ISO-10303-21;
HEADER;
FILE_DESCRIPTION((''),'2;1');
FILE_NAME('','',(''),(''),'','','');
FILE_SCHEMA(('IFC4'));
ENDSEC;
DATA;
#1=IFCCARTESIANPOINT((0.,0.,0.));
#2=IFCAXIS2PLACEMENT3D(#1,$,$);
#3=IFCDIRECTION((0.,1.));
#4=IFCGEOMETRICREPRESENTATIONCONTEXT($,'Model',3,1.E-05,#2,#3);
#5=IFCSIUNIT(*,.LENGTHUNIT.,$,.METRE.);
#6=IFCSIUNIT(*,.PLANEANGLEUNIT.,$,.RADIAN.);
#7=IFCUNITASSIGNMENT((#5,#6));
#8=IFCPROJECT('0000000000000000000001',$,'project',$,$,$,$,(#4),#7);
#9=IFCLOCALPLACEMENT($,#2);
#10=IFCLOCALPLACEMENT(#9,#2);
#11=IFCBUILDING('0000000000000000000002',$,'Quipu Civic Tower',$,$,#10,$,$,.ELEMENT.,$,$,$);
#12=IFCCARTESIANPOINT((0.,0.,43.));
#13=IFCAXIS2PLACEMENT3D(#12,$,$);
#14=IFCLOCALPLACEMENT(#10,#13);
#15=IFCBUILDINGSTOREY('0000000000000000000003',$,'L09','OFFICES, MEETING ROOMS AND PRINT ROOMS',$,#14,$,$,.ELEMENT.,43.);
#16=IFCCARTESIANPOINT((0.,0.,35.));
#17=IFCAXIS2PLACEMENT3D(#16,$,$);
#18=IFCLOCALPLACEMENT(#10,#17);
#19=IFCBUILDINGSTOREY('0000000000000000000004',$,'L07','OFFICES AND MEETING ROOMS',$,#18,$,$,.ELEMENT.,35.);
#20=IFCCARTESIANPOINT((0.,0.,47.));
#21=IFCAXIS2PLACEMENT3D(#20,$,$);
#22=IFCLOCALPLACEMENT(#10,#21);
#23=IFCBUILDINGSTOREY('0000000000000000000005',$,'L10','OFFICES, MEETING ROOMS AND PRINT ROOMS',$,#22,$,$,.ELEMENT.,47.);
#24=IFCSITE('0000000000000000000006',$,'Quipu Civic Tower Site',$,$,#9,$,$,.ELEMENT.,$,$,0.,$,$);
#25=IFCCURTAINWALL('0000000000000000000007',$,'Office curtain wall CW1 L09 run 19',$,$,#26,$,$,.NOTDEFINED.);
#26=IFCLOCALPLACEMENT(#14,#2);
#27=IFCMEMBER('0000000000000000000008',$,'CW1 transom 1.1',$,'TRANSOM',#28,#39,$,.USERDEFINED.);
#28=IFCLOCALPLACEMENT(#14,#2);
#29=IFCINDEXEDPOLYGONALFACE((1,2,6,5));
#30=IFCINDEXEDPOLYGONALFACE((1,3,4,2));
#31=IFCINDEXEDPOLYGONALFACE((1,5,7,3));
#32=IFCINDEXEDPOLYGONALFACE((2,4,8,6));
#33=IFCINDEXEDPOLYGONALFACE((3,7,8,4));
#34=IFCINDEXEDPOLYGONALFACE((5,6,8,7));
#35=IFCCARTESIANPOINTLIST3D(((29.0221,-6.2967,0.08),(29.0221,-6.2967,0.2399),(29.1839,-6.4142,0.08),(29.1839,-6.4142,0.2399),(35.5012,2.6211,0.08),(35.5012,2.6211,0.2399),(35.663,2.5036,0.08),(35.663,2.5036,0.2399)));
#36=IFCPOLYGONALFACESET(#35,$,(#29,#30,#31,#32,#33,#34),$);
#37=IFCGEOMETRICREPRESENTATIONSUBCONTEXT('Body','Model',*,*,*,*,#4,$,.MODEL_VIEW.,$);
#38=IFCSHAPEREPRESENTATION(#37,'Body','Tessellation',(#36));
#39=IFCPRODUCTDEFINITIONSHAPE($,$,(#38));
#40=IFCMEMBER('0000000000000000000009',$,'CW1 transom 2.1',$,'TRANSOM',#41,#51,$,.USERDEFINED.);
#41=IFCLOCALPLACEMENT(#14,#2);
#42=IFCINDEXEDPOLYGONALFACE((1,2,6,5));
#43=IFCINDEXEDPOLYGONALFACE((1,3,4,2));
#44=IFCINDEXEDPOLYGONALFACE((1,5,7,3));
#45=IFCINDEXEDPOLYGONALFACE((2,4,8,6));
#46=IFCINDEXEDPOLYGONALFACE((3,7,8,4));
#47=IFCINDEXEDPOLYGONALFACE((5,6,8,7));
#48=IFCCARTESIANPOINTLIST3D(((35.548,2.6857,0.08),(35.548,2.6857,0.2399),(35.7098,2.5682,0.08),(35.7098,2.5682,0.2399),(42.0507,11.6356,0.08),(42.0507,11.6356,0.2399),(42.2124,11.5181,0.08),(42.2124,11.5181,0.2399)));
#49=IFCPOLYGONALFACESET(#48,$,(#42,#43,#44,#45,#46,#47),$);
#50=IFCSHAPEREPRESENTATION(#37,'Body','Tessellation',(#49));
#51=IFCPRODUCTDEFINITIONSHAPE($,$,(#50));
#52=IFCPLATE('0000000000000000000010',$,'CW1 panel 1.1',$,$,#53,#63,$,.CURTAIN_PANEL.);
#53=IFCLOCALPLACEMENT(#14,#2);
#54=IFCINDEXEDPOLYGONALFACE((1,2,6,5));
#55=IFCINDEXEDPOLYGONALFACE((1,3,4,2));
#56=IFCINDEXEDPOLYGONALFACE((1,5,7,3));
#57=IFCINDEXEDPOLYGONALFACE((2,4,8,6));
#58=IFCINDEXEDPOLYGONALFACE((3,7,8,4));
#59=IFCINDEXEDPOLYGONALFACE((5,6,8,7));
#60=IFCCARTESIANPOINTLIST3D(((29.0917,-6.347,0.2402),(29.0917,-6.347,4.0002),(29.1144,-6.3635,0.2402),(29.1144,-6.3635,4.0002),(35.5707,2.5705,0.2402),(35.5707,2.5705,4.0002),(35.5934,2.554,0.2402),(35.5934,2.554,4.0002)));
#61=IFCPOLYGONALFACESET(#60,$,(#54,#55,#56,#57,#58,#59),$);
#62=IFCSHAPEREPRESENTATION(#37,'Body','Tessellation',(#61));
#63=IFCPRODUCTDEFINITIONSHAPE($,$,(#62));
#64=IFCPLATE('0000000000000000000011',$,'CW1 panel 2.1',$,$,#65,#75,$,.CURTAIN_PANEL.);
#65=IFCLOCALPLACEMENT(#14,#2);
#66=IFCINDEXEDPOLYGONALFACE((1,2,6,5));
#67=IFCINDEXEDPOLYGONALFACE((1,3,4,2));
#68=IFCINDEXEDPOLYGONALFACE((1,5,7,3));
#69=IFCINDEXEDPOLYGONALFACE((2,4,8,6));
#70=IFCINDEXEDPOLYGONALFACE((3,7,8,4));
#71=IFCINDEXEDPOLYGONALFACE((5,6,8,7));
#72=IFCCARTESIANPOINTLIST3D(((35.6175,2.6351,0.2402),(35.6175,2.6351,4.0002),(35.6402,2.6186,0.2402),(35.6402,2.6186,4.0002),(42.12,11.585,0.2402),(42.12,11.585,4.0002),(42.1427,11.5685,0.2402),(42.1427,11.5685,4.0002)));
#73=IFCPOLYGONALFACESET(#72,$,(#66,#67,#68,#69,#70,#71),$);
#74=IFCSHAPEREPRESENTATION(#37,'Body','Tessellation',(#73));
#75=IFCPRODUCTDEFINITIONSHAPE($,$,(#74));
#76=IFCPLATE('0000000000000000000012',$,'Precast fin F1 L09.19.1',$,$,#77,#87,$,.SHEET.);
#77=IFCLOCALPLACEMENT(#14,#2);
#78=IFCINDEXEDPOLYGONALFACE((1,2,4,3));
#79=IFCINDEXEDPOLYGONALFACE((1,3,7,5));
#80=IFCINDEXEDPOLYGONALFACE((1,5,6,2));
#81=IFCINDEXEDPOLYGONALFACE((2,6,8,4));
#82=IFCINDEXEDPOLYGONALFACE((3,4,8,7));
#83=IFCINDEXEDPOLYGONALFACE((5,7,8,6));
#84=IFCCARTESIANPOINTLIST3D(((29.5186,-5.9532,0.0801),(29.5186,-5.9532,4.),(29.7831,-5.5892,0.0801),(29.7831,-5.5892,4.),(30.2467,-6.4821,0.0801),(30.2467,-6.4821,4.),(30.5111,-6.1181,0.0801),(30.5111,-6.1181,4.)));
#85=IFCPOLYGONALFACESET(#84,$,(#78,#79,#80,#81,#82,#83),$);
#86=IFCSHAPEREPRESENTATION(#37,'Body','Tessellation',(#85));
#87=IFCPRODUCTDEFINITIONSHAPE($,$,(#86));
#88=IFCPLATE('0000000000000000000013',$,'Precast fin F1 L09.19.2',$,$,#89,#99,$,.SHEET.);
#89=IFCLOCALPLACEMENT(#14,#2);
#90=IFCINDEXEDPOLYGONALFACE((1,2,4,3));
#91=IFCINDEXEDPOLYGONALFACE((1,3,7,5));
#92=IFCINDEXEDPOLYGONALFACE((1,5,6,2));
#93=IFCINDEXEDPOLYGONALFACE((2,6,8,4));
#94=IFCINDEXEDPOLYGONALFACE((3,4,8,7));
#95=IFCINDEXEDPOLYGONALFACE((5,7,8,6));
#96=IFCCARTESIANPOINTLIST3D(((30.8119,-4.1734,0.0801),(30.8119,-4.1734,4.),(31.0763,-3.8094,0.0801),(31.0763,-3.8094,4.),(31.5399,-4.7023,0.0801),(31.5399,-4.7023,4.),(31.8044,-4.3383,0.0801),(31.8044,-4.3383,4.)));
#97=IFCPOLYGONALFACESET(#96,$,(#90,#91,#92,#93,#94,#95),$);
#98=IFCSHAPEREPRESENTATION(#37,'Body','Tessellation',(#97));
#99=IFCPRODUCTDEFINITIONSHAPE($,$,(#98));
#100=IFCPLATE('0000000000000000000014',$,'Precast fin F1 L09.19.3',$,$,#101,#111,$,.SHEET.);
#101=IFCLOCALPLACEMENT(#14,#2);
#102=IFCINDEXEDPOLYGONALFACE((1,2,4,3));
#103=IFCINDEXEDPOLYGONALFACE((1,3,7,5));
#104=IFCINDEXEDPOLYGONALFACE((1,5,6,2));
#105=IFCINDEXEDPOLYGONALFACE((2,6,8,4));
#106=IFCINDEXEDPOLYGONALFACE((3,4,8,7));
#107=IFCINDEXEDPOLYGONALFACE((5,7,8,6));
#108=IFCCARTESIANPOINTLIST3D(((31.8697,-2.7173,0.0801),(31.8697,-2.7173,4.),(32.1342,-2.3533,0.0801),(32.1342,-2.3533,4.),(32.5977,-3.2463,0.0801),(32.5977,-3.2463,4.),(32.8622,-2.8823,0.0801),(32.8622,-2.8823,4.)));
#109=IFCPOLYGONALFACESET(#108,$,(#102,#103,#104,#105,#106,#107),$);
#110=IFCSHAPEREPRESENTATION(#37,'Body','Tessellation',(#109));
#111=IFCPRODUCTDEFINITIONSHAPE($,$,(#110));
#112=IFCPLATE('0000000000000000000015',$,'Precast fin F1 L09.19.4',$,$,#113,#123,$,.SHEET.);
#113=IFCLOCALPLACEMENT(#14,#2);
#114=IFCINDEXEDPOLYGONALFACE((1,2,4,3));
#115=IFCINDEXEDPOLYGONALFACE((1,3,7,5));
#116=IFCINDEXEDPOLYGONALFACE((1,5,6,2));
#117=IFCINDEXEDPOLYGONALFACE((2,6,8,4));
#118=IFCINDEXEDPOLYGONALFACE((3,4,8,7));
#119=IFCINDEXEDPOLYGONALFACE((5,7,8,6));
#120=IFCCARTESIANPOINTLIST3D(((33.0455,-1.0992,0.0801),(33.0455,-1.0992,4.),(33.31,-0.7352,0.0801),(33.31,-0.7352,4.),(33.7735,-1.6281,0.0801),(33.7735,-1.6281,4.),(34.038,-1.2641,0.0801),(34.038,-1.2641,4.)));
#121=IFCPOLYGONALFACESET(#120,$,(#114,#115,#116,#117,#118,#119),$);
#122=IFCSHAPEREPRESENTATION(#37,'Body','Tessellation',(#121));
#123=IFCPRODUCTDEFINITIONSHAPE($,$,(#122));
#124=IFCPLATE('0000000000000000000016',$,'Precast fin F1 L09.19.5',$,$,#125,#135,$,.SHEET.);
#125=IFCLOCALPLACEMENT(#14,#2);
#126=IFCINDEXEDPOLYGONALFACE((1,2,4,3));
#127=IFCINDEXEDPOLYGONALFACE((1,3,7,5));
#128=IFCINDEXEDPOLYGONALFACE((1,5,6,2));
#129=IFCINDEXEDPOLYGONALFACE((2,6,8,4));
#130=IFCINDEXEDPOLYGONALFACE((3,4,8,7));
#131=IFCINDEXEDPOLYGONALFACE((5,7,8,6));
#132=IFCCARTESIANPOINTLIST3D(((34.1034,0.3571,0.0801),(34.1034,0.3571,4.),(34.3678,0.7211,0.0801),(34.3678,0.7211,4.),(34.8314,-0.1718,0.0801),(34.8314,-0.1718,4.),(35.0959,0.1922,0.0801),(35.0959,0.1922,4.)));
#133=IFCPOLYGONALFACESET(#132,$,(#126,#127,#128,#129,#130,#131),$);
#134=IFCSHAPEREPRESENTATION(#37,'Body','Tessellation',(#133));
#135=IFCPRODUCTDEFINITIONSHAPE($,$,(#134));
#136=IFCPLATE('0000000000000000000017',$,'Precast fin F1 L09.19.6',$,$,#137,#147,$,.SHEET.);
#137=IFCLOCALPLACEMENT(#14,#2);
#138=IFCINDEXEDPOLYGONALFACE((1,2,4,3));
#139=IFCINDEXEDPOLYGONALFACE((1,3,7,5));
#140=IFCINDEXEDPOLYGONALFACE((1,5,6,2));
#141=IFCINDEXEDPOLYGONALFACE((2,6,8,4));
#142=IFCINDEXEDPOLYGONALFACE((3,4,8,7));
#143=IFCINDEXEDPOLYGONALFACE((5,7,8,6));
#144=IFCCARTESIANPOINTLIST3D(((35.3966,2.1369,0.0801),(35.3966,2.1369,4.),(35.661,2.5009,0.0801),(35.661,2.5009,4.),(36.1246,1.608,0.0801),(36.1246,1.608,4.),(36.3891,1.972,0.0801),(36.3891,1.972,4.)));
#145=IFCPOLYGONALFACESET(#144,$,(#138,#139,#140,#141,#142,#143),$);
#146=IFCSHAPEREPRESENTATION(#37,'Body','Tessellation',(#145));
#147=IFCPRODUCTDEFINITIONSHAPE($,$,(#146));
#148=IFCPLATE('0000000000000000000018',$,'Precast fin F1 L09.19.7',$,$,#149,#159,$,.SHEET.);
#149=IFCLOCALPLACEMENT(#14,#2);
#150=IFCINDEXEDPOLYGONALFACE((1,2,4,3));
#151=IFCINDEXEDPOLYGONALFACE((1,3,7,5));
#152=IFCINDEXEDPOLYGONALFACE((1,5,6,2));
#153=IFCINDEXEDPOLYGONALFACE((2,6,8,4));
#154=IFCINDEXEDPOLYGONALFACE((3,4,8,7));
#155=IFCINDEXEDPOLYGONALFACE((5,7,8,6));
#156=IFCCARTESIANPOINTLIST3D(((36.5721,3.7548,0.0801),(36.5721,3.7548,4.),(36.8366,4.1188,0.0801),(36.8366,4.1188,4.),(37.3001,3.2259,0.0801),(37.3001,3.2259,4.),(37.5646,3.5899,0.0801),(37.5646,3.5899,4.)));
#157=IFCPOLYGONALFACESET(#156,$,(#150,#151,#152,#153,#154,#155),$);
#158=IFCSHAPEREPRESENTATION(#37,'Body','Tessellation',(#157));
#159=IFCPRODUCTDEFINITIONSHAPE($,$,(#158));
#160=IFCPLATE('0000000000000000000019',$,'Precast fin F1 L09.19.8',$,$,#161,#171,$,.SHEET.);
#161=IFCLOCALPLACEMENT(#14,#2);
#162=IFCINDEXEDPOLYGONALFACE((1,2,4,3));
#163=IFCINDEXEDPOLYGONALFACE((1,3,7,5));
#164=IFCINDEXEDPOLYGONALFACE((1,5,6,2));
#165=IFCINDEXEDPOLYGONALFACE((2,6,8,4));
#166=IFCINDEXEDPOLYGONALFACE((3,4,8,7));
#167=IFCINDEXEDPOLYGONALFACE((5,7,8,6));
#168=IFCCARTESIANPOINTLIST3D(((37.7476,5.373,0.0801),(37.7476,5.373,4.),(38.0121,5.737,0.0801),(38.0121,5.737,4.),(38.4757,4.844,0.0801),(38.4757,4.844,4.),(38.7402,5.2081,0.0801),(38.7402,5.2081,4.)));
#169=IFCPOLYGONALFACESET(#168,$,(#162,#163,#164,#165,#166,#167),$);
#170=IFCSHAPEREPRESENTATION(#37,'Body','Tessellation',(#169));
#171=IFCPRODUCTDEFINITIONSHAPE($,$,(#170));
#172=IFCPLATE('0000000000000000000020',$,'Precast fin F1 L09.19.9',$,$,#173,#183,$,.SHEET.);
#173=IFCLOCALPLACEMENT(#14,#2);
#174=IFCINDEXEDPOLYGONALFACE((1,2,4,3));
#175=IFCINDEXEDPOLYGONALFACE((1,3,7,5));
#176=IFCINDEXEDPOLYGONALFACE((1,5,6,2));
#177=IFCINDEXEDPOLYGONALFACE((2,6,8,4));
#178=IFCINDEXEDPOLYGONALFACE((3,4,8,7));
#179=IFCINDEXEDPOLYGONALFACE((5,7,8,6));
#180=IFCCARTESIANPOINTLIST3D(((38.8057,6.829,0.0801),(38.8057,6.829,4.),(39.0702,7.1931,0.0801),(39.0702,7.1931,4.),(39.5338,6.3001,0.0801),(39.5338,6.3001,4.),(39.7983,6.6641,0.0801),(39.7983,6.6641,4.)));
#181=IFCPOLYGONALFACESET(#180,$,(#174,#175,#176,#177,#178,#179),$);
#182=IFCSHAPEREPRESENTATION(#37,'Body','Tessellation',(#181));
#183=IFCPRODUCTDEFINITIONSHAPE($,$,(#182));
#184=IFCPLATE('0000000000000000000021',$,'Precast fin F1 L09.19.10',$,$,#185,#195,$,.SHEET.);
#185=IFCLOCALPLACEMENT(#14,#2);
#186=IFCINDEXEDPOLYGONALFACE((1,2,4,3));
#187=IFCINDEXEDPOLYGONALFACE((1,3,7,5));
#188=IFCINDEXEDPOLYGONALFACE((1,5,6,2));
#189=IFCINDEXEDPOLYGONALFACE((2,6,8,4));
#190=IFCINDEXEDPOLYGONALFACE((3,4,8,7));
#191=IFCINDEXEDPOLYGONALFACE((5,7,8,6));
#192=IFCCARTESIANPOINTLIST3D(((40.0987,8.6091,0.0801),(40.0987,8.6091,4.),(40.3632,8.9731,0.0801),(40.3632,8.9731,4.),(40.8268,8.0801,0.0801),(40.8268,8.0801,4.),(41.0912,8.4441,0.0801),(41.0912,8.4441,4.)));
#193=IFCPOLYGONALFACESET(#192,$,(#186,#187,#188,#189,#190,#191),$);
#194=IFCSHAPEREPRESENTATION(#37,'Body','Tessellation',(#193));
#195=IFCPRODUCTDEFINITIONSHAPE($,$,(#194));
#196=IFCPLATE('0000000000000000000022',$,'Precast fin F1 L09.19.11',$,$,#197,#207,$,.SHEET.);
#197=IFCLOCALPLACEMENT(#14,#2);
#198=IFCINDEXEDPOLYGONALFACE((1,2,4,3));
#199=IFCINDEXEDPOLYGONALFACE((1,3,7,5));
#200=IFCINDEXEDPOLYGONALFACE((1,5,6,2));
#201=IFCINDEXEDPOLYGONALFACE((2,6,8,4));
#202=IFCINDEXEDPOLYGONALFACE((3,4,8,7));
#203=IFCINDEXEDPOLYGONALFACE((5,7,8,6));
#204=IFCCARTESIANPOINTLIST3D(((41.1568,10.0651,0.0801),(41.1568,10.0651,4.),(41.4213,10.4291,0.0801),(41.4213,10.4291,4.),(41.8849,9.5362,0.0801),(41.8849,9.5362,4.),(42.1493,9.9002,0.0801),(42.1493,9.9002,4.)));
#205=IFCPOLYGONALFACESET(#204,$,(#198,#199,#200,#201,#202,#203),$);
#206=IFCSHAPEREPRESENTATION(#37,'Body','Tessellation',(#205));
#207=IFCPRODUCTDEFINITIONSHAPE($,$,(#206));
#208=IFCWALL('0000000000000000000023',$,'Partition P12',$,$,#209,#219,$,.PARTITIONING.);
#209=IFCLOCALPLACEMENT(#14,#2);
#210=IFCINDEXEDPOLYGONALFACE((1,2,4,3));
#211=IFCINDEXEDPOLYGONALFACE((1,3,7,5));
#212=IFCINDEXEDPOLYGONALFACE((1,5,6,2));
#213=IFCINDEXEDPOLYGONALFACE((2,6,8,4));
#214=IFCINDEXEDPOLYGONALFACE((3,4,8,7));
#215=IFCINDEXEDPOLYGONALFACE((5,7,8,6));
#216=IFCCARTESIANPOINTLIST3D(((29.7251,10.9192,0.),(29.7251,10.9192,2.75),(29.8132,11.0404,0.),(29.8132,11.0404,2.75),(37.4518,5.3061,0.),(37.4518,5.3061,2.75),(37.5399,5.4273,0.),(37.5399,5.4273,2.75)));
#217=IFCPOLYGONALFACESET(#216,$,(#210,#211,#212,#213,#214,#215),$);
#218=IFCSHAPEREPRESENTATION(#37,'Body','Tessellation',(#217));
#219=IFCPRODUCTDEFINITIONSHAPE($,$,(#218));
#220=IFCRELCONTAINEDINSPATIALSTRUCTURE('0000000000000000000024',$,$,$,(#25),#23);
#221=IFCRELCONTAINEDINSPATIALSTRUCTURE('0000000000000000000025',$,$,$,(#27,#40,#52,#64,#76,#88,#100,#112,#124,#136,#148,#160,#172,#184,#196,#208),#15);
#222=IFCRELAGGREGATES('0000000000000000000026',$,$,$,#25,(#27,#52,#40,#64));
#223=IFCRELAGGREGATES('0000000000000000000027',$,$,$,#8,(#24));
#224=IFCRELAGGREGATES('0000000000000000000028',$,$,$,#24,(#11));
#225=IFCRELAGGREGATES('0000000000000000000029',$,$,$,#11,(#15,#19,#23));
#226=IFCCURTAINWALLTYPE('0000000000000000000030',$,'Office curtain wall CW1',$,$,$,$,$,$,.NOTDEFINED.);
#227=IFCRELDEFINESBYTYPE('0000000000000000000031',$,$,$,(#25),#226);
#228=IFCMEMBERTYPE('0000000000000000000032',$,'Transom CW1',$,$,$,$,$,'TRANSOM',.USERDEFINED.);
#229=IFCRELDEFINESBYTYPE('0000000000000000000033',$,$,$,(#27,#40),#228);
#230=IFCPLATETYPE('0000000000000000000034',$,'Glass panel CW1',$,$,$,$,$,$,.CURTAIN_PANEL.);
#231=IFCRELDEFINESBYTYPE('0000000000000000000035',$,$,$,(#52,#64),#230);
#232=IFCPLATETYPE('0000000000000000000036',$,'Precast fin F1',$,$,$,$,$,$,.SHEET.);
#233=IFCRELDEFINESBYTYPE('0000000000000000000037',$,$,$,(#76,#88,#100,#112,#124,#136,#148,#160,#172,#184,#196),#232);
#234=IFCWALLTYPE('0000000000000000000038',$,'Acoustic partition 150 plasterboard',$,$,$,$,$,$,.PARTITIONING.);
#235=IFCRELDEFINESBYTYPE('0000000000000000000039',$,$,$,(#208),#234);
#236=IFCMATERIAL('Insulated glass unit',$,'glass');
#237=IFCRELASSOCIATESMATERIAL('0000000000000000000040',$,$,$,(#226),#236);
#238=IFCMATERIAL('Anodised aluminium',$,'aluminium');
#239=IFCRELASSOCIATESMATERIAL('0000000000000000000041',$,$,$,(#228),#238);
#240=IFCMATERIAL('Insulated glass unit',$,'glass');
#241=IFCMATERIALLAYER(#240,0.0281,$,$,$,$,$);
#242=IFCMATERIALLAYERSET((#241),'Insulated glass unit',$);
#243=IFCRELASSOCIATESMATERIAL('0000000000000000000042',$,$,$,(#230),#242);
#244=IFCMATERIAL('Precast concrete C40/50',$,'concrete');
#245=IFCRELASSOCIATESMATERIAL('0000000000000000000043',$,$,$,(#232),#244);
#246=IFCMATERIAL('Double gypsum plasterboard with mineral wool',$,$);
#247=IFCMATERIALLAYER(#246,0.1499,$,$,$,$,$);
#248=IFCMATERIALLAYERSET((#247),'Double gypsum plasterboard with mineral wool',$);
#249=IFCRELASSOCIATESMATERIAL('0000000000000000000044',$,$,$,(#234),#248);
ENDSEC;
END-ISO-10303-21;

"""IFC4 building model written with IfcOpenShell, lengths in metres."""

from ifc_helpers import new_model, si_unit, direction, frame, frame_2d, origin, origin_2d, place, context, subcontext, project, spatial, rectangle, extrude, material, layer, layer_set, material_profile, profile_set, type_object, element, aggregate, save


model = new_model("IFC4")

# Units and contexts
model_context = context("Model", 3, precision=1e-05, world=origin(), true_north=direction((0.0, 1.0)))
body_context = subcontext(model_context, "Body", "Model", "MODEL_VIEW")
ifc_project = project(units=[si_unit("LENGTHUNIT", "METRE"), si_unit("PLANEANGLEUNIT", "RADIAN")], contexts=[model_context])

# Site, building, storey
site_placement = place(None, origin())
site = spatial("IfcSite", under=ifc_project, at=site_placement, Name="Quipu Civic Tower Site", CompositionType="ELEMENT", RefElevation=0.0)
building_placement = place(site_placement, origin())
building = spatial("IfcBuilding", under=site, at=building_placement, Name="Quipu Civic Tower", CompositionType="ELEMENT")
storey_1_placement = place(building_placement, frame((0.0, 0.0, 43.0)))
storey_1 = spatial("IfcBuildingStorey", under=building, at=storey_1_placement, Name="L09", Description="OFFICES, MEETING ROOMS AND PRINT ROOMS", CompositionType="ELEMENT", Elevation=43.0)

# Shared definitions
storey_2_placement = place(building_placement, frame((0.0, 0.0, 35.0)))
storey_2 = spatial("IfcBuildingStorey", under=building, at=storey_2_placement, Name="L07", Description="OFFICES AND MEETING ROOMS", CompositionType="ELEMENT", Elevation=35.0)

# Shared definitions
ifc_material_1 = material(Name="Insulated glass unit", Category="glass")
curtain_wall_type = type_object("IfcCurtainWallType", Name="Office curtain wall CW1", PredefinedType="NOTDEFINED", material=ifc_material_1)
ifc_material_2 = material(Name="Anodised aluminium", Category="aluminium")
ifc_material_profile_1 = material_profile(ifc_material_2, rectangle(XDim=0.2, YDim=0.1599, at=origin_2d()), Name="RECT 200x160")
ifc_profile_set_1 = profile_set([ifc_material_profile_1], Name="Anodised aluminium")
member_type = type_object("IfcMemberType", Name="Transom CW1", ElementType="TRANSOM", PredefinedType="USERDEFINED", material=ifc_profile_set_1)

# Shared definitions
storey_3_placement = place(building_placement, frame((0.0, 0.0, 47.0)))
storey_3 = spatial("IfcBuildingStorey", under=building, at=storey_3_placement, Name="L10", Description="OFFICES, MEETING ROOMS AND PRINT ROOMS", CompositionType="ELEMENT", Elevation=47.0)

# Curtain wall, members, plates
curtain_wall_1_placement = place(storey_3_placement, origin())
curtain_wall_1 = element("IfcCurtainWall", 1, at=curtain_wall_1_placement, inside=storey_3, type_object=curtain_wall_type, Name="Office curtain wall CW1 L09 run 19", PredefinedType="NOTDEFINED")
member_1_placement = place(storey_1_placement, frame((29.103, -6.3555, 0.1599), z_axis=(0.587779, 0.809021, 0.0), x_axis=(-0.809021, 0.587779, 0.0)))
member_1 = element("IfcMember", 2, at=member_1_placement, inside=storey_1, type_object=member_type, Name="CW1 transom 1.1", ObjectType="TRANSOM", PredefinedType="USERDEFINED", context=body_context, shape_type="SweptSolid", body=[
    extrude(rectangle(XDim=0.2, YDim=0.1599, at=origin_2d()), origin(), (0.0, 0.0, 1.0), 11.0229),
])
member_2_placement = place(storey_1_placement, frame((35.6289, 2.627, 0.1599), z_axis=(0.587795, 0.80901, 0.0), x_axis=(-0.80901, 0.587795, 0.0)))
member_2 = element("IfcMember", 3, at=member_2_placement, inside=storey_1, type_object=member_type, Name="CW1 transom 2.1", ObjectType="TRANSOM", PredefinedType="USERDEFINED", context=body_context, shape_type="SweptSolid", body=[
    extrude(rectangle(XDim=0.2, YDim=0.1599, at=origin_2d()), origin(), (0.0, 0.0, 1.0), 11.0627),
])
ifc_material_3 = material(Name="Insulated glass unit", Category="glass")
ifc_layer_1 = layer(ifc_material_3, 0.0281)
ifc_layer_set_1 = layer_set([ifc_layer_1], Name="Insulated glass unit")
plate_type_1 = type_object("IfcPlateType", Name="Glass panel CW1", PredefinedType="CURTAIN_PANEL", material=ifc_layer_set_1)
plate_1_placement = place(storey_1_placement, frame((32.3425, -1.8965, 0.2402), z_axis=(0.0, 0.0, 1.0), x_axis=(0.587786, 0.809017, 0.0)))
plate_1 = element("IfcPlate", 4, at=plate_1_placement, inside=storey_1, type_object=plate_type_1, Name="CW1 panel 1.1", PredefinedType="CURTAIN_PANEL", context=body_context, shape_type="SweptSolid", body=[
    extrude(rectangle(XDim=11.0227, YDim=0.0281, at=origin_2d()), origin(), (0.0, 0.0, 1.0), 3.76),
])
plate_2_placement = place(storey_1_placement, frame((38.8801, 7.1018, 0.2402), z_axis=(0.0, 0.0, 1.0), x_axis=(0.587786, 0.809017, 0.0)))
plate_2 = element("IfcPlate", 5, at=plate_2_placement, inside=storey_1, type_object=plate_type_1, Name="CW1 panel 2.1", PredefinedType="CURTAIN_PANEL", context=body_context, shape_type="SweptSolid", body=[
    extrude(rectangle(XDim=11.0627, YDim=0.0281, at=origin_2d()), origin(), (0.0, 0.0, 1.0), 3.76),
])
aggregate(curtain_wall_1, [member_1, plate_1, member_2, plate_2])

# Plates
ifc_material_4 = material(Name="Precast concrete C40/50", Category="concrete")
plate_type_2 = type_object("IfcPlateType", Name="Precast fin F1", PredefinedType="SHEET", material=ifc_material_4)
for number, where, z_axis, x_axis, name in (
    (6, (30.0149, -6.0356, 0.0801), (0.0, 0.0, 1.0), (0.587786, 0.809017, 0.0), "Precast fin F1 L09.19.1"),
    (7, (31.3081, -4.2559, 0.0801), (0.0, 0.0, 1.0), (0.587786, 0.809017, 0.0), "Precast fin F1 L09.19.2"),
    (8, (32.366, -2.7998, 0.0801), (0.0, 0.0, 1.0), (0.587786, 0.809017, 0.0), "Precast fin F1 L09.19.3"),
    (9, (33.5417, -1.1816, 0.0801), (0.0, 0.0, 1.0), (0.587786, 0.809017, 0.0), "Precast fin F1 L09.19.4"),
    (10, (34.5996, 0.2747, 0.0801), (0.0, 0.0, 1.0), (0.587786, 0.809017, 0.0), "Precast fin F1 L09.19.5"),
    (11, (35.8928, 2.0544, 0.0801), (0.0, 0.0, 1.0), (0.587786, 0.809017, 0.0), "Precast fin F1 L09.19.6"),
    (12, (37.0684, 3.6724, 0.0801), (0.0, 0.0, 1.0), (0.587786, 0.809017, 0.0), "Precast fin F1 L09.19.7"),
    (13, (38.2439, 5.2905, 0.0801), (0.0, 0.0, 1.0), (0.587786, 0.809017, 0.0), "Precast fin F1 L09.19.8"),
    (14, (39.302, 6.7466, 0.0801), (0.0, 0.0, 1.0), (0.587786, 0.809017, 0.0), "Precast fin F1 L09.19.9"),
    (15, (40.595, 8.5266, 0.0801), (0.0, 0.0, 1.0), (0.587786, 0.809017, 0.0), "Precast fin F1 L09.19.10"),
    (16, (41.6531, 9.9827, 0.0801), (0.0, 0.0, 1.0), (0.587786, 0.809017, 0.0), "Precast fin F1 L09.19.11"),
):
    element("IfcPlate", number, at=place(storey_1_placement, frame(where, z_axis=z_axis, x_axis=x_axis)), inside=storey_1, type_object=plate_type_2, Name=name, PredefinedType="SHEET", context=body_context, shape_type="SweptSolid", body=[
        extrude(rectangle(XDim=0.45, YDim=0.8999, at=origin_2d()), origin(), (0.0, 0.0, 1.0), 3.9199),
    ])

# Wall
ifc_material_5 = material(Name="Double gypsum plasterboard with mineral wool")
ifc_layer_2 = layer(ifc_material_5, 0.1499)
ifc_layer_set_2 = layer_set([ifc_layer_2], Name="Double gypsum plasterboard with mineral wool")
wall_type_1 = type_object("IfcWallType", Name="Acoustic partition 150 plasterboard", PredefinedType="PARTITIONING", material=ifc_layer_set_2)
wall_1_placement = place(storey_1_placement, frame((37.4958, 5.3667, 0.0), z_axis=(0.0, 0.0, 1.0), x_axis=(-0.809049, 0.587741, 0.0)))
element("IfcWall", 17, at=wall_1_placement, inside=storey_1, type_object=wall_type_1, Name="Partition P12", PredefinedType="PARTITIONING", context=body_context, shape_type="SweptSolid", body=[
    extrude(rectangle(XDim=9.5503, YDim=0.1499, at=frame_2d((4.7751, 0.0))), origin(), (0.0, 0.0, 1.0), 2.75),
])

save(model, "model.ifc")
